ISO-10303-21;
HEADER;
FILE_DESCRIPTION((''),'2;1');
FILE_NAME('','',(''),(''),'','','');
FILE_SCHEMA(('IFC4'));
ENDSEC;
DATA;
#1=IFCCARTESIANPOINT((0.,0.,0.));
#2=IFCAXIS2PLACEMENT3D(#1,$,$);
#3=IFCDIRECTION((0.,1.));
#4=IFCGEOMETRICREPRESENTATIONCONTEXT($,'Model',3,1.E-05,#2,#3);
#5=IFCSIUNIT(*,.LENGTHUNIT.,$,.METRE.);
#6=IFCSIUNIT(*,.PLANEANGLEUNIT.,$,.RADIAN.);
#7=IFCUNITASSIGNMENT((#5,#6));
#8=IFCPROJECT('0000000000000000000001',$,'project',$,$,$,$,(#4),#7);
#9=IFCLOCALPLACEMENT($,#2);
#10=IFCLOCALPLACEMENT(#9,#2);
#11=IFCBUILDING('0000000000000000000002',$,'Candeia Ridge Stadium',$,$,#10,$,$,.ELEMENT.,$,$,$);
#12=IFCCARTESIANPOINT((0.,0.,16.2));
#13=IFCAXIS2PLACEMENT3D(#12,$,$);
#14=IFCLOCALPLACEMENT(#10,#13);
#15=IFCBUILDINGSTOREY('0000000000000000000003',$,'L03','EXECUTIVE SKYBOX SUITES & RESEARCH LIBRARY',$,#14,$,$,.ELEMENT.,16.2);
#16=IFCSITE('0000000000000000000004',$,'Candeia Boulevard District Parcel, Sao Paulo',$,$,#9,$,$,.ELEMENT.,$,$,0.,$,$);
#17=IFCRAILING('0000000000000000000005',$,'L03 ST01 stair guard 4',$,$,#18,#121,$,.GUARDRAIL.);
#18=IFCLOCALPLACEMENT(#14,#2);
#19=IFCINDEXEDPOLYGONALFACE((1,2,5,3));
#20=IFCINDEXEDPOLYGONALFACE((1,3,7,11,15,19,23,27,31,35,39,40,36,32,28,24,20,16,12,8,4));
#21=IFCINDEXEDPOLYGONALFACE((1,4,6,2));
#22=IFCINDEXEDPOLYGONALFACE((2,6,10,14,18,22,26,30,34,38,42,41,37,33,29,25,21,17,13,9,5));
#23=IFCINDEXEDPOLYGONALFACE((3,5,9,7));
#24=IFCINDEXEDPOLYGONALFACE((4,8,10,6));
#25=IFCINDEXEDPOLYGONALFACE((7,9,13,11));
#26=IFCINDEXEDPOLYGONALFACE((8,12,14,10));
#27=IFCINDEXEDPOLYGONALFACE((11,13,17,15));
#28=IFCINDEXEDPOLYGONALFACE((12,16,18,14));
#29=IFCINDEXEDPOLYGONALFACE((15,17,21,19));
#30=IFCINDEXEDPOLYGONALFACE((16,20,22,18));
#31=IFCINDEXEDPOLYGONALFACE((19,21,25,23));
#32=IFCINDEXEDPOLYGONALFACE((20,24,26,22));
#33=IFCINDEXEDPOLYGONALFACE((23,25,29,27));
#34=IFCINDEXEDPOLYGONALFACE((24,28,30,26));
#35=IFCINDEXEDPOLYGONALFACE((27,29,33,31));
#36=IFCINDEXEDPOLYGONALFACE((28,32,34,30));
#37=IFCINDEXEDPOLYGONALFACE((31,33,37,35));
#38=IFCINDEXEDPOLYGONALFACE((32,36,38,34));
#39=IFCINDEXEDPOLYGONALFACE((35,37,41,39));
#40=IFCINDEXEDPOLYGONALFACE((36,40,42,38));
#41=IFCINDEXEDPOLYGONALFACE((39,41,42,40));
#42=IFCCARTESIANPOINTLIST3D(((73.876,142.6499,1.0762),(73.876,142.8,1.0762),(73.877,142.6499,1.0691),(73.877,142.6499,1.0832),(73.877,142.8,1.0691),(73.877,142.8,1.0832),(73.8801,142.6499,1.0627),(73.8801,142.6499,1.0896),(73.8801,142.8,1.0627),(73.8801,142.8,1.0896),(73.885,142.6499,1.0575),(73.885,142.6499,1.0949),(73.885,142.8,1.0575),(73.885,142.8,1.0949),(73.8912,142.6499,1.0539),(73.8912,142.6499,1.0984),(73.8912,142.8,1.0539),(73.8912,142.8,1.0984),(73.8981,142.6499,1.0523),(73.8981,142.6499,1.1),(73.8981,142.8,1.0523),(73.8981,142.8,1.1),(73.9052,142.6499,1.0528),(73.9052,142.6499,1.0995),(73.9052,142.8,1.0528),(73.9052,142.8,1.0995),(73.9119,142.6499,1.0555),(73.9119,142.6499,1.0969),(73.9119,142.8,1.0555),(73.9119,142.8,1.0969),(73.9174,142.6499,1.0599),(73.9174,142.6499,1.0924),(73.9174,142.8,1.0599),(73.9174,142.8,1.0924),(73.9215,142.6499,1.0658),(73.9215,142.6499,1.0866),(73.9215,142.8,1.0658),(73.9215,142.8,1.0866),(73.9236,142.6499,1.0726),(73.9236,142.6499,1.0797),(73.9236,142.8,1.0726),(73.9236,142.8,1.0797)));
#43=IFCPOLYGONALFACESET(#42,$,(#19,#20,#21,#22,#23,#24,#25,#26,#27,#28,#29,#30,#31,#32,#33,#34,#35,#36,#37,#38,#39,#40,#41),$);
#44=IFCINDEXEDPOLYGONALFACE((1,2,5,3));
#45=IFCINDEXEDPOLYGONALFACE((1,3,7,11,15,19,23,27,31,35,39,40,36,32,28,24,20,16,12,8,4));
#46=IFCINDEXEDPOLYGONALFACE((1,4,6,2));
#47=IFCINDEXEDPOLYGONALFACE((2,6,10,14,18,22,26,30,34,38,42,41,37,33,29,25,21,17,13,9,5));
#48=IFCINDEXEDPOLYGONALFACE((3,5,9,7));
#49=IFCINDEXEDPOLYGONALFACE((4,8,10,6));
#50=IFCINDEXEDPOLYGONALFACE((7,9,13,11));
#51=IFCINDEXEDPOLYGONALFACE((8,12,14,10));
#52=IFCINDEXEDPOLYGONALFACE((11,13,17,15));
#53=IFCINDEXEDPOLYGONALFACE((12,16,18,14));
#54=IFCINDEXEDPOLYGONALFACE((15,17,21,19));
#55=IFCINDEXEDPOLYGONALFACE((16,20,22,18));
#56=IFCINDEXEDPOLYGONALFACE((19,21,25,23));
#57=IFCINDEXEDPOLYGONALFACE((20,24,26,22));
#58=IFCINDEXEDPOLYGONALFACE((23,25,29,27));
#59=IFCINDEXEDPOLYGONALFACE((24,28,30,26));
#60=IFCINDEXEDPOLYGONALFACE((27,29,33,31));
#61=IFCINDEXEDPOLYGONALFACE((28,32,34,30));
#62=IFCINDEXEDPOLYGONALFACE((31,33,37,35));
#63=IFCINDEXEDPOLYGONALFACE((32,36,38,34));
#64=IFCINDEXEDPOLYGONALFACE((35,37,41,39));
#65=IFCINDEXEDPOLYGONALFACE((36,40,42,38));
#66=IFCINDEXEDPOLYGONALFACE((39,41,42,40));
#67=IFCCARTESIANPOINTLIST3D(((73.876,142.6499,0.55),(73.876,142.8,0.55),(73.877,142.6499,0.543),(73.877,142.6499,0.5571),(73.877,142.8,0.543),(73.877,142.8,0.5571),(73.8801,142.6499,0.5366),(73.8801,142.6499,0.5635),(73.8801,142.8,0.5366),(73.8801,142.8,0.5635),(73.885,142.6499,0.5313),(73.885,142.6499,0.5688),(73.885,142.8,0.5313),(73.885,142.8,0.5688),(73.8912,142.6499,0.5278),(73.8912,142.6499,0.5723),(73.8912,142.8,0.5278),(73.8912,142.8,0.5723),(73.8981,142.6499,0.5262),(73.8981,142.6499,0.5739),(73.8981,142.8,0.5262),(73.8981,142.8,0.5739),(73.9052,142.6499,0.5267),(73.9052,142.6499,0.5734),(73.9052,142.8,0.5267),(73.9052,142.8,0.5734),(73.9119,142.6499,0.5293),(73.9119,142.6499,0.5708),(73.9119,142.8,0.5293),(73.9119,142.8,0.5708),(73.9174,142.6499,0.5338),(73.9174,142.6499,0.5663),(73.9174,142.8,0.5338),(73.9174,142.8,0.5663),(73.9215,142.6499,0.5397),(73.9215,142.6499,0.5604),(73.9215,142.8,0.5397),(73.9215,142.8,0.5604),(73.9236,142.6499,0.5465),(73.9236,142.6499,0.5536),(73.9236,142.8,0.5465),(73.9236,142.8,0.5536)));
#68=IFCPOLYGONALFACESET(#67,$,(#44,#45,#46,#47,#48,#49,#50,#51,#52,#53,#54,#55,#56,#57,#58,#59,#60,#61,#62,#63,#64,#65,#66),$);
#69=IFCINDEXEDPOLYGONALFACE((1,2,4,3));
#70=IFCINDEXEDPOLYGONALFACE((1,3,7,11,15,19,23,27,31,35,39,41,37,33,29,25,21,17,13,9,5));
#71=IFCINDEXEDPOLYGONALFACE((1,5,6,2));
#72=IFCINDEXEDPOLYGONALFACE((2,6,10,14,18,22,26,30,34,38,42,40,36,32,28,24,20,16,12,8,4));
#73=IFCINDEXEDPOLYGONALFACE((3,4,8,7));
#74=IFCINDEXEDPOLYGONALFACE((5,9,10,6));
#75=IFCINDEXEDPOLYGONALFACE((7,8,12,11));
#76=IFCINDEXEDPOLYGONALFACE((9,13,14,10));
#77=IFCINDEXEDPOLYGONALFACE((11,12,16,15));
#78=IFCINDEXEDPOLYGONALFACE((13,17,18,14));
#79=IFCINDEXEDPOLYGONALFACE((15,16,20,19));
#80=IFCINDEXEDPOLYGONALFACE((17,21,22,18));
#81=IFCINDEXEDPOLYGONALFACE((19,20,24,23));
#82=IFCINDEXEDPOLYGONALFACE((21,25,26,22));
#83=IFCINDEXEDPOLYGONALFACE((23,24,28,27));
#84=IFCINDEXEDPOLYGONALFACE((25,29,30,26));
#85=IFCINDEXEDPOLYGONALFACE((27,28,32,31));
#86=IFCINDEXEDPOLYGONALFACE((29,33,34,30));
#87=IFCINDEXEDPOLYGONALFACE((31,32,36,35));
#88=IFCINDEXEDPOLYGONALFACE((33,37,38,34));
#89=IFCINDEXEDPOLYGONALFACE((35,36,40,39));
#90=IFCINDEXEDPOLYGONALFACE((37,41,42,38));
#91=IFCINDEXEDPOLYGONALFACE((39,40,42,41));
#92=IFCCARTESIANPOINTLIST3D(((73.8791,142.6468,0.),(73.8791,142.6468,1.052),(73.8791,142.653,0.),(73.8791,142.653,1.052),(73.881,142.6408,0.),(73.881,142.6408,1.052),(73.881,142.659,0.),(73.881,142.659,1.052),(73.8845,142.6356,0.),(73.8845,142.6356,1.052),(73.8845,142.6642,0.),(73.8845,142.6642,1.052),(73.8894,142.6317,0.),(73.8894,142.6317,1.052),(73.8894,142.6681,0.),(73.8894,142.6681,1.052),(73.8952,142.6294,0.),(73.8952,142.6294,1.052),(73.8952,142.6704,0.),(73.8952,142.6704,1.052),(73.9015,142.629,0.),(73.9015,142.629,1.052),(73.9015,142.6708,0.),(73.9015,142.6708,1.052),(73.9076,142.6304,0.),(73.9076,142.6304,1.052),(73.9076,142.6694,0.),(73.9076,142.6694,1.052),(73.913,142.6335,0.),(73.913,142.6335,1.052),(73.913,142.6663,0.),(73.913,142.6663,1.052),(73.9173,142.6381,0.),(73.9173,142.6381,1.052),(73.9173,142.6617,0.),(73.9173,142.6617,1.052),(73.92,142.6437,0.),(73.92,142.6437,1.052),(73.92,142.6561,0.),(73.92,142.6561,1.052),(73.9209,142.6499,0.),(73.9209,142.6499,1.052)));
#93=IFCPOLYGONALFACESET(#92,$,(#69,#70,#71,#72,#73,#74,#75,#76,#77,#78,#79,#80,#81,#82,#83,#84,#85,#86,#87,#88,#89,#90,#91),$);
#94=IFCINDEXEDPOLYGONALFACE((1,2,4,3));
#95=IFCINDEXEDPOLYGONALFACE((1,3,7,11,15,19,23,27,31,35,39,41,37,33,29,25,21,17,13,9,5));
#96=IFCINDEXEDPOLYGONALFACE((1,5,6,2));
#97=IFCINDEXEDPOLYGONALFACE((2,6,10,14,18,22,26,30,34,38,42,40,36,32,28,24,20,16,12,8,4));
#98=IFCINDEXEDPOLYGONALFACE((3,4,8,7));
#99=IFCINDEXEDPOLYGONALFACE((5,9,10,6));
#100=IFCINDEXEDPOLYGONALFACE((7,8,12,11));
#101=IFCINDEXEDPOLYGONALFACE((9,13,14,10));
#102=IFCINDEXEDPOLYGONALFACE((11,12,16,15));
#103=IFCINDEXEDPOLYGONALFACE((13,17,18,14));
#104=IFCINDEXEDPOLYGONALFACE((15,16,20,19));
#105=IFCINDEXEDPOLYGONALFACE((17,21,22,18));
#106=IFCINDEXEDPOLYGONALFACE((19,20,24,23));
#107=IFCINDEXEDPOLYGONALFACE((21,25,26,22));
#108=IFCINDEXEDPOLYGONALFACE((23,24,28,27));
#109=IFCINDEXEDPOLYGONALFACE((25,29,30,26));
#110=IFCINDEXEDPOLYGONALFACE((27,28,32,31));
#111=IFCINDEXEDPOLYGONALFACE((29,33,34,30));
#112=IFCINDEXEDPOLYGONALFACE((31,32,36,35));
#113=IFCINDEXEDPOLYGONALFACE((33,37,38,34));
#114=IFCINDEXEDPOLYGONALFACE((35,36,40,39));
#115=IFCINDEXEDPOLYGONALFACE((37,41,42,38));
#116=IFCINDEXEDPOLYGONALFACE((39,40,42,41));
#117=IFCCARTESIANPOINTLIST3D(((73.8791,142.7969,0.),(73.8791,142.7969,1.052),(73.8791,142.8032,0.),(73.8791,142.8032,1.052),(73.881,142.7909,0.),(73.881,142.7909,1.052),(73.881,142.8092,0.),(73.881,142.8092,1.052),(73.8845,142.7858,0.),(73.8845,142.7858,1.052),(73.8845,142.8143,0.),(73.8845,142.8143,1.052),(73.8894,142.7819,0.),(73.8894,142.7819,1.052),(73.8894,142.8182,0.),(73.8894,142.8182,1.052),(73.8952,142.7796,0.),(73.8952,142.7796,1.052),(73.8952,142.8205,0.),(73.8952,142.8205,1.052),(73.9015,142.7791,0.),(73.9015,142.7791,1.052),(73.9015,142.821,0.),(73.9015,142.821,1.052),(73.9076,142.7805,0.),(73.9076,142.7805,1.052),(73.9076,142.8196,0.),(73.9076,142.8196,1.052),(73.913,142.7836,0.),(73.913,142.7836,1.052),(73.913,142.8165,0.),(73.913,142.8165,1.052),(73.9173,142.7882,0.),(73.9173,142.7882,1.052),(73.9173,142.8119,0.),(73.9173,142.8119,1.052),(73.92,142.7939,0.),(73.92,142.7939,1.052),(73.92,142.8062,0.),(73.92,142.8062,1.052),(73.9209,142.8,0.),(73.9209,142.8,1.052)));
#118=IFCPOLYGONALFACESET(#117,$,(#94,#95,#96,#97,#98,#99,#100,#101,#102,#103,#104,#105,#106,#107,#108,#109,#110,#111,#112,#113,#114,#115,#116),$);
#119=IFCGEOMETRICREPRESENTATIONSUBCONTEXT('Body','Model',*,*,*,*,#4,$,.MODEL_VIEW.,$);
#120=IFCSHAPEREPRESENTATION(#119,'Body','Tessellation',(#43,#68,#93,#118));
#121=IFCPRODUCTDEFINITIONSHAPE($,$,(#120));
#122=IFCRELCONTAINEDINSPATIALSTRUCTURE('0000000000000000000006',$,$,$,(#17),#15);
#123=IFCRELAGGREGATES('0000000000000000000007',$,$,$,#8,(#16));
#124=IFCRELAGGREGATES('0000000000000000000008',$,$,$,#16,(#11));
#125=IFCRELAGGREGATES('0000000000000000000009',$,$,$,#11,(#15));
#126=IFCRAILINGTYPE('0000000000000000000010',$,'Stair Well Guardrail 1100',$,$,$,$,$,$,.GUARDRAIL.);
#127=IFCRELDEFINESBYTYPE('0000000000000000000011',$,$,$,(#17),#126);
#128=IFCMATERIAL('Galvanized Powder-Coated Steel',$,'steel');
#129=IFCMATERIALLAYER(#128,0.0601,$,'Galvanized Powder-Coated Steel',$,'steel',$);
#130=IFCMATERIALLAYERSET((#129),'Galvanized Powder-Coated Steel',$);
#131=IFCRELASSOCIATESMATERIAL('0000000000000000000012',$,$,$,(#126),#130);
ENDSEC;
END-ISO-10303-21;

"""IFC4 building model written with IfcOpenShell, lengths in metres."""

from ifc_helpers import new_model, si_unit, direction, frame, origin, origin_2d, place, context, subcontext, project, spatial, circle, extrude, material, layer, layer_set, type_object, element, save


model = new_model("IFC4")

# Units and contexts
model_context = context("Model", 3, precision=1e-05, world=origin(), true_north=direction((0.0, 1.0)))
body_context = subcontext(model_context, "Body", "Model", "MODEL_VIEW")
ifc_project = project(units=[si_unit("LENGTHUNIT", "METRE"), si_unit("PLANEANGLEUNIT", "RADIAN")], contexts=[model_context])

# Site, building, storey
site_placement = place(None, origin())
site = spatial("IfcSite", under=ifc_project, at=site_placement, Name="Candeia Boulevard District Parcel, Sao Paulo", CompositionType="ELEMENT", RefElevation=0.0)
building_placement = place(site_placement, origin())
building = spatial("IfcBuilding", under=site, at=building_placement, Name="Candeia Ridge Stadium", CompositionType="ELEMENT")
storey_placement = place(building_placement, frame((0.0, 0.0, 16.2)))
storey = spatial("IfcBuildingStorey", under=building, at=storey_placement, Name="L03", Description="EXECUTIVE SKYBOX SUITES & RESEARCH LIBRARY", CompositionType="ELEMENT", Elevation=16.2)

# Railing
ifc_material_1 = material(Name="Galvanized Powder-Coated Steel", Category="steel")
ifc_layer_1 = layer(ifc_material_1, 0.0601, Name="Galvanized Powder-Coated Steel", Category="steel")
ifc_layer_set_1 = layer_set([ifc_layer_1], Name="Galvanized Powder-Coated Steel")
railing_type_1 = type_object("IfcRailingType", Name="Stair Well Guardrail 1100", PredefinedType="GUARDRAIL", material=ifc_layer_set_1)
railing_1_placement = place(storey_placement, frame((73.8999, 142.6499, 0.0)))
element("IfcRailing", 1, at=railing_1_placement, inside=storey, type_object=railing_type_1, Name="L03 ST01 stair guard 4", PredefinedType="GUARDRAIL", context=body_context, shape_type="SweptSolid", body=[
    extrude(circle(Radius=0.0239, at=origin_2d()), frame((0.0, 0.0, 1.0762), z_axis=(0.0, 1.0, 0.0), x_axis=(-1.0, 0.0, 0.0)), (0.0, 0.0, 1.0), 0.1501),
    extrude(circle(Radius=0.0239, at=origin_2d()), frame((0.0, 0.0, 0.55), z_axis=(0.0, 1.0, 0.0), x_axis=(-1.0, 0.0, 0.0)), (0.0, 0.0, 1.0), 0.1501),
    extrude(circle(Radius=0.021, at=origin_2d()), origin(), (0.0, 0.0, 1.0), 1.052),
    extrude(circle(Radius=0.021, at=origin_2d()), frame((0.0, 0.1501, 0.0)), (0.0, 0.0, 1.0), 1.052),
])

save(model, "model.ifc")
